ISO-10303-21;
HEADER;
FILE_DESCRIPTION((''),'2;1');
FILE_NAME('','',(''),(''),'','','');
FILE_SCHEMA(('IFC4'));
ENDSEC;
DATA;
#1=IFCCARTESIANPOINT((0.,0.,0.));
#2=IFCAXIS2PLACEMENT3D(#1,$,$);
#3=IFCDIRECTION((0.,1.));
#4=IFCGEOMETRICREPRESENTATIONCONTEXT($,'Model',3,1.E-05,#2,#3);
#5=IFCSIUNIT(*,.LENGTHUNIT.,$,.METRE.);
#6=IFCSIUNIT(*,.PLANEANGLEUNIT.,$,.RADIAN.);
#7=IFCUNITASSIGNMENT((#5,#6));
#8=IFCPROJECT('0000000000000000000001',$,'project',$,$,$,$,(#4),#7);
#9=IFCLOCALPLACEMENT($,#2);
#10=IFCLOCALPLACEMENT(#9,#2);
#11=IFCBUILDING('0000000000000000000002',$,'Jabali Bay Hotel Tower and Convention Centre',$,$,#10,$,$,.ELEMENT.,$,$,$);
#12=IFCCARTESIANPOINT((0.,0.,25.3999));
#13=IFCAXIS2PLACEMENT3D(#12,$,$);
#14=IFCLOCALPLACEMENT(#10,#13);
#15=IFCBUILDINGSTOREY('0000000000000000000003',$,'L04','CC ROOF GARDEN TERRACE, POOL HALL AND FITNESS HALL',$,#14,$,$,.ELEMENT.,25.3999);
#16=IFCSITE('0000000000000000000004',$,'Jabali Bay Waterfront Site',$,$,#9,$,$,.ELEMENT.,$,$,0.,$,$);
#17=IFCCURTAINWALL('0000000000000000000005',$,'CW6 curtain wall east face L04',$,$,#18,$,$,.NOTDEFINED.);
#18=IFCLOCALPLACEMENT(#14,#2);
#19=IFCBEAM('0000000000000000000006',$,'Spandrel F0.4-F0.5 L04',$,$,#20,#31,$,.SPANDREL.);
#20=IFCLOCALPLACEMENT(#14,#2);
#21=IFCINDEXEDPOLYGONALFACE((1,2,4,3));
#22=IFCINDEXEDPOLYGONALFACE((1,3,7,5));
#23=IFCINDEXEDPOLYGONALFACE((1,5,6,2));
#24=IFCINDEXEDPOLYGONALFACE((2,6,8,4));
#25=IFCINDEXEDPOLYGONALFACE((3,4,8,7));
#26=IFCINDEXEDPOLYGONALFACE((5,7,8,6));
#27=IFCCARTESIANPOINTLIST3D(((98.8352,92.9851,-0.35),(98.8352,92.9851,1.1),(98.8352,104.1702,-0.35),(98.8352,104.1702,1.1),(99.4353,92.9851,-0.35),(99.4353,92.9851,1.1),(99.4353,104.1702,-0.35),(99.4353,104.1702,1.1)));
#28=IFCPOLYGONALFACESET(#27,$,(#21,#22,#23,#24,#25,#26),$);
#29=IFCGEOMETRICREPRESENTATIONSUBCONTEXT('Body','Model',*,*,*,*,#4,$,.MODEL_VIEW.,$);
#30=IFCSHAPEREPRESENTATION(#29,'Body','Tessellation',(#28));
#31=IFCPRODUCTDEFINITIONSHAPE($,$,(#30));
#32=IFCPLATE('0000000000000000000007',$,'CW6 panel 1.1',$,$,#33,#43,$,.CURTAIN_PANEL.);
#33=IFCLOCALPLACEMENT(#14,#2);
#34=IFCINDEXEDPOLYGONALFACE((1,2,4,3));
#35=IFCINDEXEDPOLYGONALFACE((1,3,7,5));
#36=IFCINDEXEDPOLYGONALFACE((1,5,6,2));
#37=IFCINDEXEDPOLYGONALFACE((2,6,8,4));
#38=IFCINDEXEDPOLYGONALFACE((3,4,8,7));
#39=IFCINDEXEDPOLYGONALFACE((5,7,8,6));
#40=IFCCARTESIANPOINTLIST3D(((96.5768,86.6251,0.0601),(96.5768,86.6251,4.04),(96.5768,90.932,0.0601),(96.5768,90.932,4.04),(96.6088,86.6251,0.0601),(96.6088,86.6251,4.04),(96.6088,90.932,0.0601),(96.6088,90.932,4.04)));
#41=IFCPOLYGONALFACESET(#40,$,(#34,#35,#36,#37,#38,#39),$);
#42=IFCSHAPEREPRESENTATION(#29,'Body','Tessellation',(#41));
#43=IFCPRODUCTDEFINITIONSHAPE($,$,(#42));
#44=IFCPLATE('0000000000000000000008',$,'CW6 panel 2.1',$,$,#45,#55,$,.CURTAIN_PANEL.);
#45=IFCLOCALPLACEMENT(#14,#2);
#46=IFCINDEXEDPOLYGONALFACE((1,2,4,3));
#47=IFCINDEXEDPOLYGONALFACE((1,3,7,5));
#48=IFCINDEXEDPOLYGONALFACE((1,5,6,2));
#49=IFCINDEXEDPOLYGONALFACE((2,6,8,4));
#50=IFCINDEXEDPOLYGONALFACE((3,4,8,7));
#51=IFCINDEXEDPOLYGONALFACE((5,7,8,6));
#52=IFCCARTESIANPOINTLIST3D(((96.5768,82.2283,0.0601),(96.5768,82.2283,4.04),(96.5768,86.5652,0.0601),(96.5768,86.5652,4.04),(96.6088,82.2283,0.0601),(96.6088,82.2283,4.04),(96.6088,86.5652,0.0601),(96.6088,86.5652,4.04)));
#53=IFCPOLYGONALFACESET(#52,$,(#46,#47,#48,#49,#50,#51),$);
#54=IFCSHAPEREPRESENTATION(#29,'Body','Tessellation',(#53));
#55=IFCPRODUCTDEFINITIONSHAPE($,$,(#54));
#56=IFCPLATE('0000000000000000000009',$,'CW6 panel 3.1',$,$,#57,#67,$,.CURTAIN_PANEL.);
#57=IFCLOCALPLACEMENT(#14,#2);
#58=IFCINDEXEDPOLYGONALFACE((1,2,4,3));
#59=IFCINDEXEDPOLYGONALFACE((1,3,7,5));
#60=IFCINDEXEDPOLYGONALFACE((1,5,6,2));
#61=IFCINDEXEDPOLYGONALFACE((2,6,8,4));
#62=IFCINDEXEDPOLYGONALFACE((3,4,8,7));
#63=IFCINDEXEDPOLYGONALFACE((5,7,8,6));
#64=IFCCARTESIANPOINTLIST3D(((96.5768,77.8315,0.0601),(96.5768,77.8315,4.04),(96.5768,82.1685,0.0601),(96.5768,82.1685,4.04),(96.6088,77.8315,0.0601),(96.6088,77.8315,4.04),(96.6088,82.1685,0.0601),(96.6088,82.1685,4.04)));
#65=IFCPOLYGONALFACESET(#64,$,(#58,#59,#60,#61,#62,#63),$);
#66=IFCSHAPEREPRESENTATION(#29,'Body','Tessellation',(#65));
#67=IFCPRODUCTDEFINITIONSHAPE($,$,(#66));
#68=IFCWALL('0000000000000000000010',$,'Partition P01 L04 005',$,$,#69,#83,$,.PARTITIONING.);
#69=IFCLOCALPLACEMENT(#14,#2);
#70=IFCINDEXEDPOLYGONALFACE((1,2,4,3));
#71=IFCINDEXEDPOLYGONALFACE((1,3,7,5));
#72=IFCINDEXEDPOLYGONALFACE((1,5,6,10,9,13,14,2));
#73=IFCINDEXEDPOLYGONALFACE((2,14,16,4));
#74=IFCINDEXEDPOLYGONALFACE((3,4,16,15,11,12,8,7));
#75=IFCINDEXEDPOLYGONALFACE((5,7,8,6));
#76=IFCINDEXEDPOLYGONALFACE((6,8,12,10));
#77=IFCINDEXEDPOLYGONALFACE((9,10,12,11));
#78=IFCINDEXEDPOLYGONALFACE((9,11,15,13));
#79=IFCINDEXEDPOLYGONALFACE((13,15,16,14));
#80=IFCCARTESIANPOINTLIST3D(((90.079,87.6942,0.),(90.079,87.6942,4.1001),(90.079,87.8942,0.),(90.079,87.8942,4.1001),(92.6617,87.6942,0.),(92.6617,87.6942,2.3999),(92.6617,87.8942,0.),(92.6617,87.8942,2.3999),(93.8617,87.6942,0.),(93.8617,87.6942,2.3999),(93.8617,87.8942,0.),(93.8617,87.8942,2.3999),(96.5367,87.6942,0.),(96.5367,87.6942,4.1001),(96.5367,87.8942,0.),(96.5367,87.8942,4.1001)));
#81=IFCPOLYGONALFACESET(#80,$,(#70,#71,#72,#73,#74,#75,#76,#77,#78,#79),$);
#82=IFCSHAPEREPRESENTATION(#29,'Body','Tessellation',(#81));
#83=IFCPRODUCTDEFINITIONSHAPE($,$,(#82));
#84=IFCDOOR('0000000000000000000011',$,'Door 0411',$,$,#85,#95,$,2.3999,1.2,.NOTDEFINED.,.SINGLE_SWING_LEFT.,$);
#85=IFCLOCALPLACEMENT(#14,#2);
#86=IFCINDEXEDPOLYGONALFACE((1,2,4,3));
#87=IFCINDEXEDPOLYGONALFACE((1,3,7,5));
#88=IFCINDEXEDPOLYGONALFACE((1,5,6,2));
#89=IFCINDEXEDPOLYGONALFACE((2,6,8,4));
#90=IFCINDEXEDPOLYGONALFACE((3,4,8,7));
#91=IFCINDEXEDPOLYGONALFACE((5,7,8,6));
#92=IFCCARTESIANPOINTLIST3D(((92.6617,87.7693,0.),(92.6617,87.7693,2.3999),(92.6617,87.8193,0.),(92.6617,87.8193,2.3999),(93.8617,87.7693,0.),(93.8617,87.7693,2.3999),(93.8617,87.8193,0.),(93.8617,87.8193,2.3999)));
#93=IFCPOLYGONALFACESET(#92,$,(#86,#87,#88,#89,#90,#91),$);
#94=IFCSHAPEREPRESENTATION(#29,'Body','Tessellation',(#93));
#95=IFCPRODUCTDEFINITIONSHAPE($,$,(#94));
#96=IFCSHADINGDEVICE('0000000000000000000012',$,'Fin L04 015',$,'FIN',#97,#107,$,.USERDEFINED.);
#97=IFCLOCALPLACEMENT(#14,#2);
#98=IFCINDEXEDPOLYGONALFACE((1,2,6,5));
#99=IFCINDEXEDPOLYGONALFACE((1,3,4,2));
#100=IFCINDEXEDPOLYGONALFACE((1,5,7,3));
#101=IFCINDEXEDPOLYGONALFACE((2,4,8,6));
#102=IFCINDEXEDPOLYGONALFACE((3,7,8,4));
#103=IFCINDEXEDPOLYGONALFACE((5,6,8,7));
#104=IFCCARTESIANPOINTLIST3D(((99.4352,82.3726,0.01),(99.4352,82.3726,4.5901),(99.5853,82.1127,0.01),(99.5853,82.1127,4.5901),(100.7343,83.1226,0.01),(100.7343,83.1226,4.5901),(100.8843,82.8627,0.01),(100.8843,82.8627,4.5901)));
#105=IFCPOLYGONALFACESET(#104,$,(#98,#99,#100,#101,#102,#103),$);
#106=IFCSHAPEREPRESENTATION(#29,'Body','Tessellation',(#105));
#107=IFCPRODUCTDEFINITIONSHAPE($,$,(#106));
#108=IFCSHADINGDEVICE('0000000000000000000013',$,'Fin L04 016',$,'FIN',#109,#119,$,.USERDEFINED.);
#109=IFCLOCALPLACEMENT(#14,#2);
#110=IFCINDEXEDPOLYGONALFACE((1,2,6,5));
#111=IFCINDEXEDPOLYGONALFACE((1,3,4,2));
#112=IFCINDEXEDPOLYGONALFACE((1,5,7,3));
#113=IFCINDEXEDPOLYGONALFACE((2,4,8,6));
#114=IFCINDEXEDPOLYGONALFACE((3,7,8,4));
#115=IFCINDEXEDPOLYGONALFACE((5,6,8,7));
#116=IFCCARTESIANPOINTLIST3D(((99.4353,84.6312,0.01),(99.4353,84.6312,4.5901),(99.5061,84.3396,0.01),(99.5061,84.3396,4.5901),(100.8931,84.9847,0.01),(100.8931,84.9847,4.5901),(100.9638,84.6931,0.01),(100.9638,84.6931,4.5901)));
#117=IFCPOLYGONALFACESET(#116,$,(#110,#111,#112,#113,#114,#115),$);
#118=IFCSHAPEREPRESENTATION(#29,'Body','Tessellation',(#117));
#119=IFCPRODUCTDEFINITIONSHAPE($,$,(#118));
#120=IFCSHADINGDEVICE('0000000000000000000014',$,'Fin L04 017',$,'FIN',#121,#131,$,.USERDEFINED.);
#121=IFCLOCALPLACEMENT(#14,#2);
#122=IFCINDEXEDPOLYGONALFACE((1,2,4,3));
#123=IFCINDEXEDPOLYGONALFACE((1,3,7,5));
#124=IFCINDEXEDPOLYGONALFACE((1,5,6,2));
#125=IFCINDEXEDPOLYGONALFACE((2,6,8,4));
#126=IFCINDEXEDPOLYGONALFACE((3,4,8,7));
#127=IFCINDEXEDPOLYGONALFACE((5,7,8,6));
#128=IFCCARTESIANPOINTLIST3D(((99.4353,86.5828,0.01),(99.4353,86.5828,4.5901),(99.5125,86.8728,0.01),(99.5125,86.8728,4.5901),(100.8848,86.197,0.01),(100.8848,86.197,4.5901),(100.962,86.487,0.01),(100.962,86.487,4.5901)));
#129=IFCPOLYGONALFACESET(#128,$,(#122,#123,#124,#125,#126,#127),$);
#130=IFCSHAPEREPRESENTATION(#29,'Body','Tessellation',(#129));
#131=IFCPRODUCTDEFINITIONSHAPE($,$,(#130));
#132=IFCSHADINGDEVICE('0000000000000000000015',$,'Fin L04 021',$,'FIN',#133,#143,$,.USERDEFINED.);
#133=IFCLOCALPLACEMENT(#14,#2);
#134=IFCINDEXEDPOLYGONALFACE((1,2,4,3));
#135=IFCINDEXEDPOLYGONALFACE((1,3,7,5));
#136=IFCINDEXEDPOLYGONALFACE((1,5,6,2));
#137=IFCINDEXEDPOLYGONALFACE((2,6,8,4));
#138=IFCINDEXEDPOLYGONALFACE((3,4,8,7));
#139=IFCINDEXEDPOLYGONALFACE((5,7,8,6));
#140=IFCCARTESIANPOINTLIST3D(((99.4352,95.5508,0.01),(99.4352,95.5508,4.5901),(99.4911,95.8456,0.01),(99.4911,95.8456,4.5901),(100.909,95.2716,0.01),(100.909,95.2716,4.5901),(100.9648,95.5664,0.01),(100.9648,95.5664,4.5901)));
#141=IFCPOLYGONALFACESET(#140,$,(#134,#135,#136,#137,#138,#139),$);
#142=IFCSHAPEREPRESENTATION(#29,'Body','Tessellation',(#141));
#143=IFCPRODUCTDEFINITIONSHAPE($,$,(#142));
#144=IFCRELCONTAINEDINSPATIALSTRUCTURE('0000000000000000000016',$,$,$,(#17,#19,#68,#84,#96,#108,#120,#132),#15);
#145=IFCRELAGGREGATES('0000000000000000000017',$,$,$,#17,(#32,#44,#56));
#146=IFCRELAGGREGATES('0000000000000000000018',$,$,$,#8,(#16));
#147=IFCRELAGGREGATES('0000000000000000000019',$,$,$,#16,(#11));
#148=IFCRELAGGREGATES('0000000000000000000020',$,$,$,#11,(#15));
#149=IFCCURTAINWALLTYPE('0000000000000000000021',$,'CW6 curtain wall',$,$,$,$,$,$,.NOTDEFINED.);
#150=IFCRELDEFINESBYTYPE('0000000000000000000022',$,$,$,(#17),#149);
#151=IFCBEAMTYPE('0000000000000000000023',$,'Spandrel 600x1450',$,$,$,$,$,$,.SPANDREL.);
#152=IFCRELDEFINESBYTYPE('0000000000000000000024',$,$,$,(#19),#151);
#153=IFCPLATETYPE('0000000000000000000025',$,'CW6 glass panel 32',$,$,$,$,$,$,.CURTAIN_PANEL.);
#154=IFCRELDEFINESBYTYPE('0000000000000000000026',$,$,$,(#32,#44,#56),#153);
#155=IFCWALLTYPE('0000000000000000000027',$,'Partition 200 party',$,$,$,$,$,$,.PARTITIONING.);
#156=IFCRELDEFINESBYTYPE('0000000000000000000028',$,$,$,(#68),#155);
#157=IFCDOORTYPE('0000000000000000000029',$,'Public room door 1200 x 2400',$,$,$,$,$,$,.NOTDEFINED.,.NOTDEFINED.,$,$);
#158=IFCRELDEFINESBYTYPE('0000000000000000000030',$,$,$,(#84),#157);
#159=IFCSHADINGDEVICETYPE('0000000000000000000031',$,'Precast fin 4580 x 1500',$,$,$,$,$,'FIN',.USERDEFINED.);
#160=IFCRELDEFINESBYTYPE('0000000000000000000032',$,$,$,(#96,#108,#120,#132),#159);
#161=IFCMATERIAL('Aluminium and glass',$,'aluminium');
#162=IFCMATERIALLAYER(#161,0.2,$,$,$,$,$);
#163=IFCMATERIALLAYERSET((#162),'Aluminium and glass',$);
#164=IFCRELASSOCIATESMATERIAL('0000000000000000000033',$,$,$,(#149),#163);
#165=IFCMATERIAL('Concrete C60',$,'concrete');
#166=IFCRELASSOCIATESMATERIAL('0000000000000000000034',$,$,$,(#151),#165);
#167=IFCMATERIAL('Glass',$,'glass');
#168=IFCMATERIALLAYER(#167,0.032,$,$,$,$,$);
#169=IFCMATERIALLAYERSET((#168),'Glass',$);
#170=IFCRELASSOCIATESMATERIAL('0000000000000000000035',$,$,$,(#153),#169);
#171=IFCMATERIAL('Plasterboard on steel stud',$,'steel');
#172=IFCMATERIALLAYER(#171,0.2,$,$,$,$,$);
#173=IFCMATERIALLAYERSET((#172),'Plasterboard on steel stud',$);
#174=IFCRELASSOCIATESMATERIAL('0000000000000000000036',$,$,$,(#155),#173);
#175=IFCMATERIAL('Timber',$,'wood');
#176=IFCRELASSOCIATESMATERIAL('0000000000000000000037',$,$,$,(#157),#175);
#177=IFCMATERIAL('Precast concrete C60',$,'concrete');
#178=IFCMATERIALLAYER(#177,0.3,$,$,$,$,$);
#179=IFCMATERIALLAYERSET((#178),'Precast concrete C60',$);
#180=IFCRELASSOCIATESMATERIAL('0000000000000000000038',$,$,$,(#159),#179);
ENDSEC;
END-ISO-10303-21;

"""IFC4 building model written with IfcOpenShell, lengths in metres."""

from ifc_helpers import new_model, si_unit, direction, frame, frame_2d, origin, origin_2d, place, context, subcontext, project, spatial, rectangle, extrude, material, layer, layer_set, material_profile, profile_set, type_object, element, fill, aggregate, save


model = new_model("IFC4")

# Units and contexts
model_context = context("Model", 3, precision=1e-05, world=origin(), true_north=direction((0.0, 1.0)))
body_context = subcontext(model_context, "Body", "Model", "MODEL_VIEW")
ifc_project = project(units=[si_unit("LENGTHUNIT", "METRE"), si_unit("PLANEANGLEUNIT", "RADIAN")], contexts=[model_context])

# Site, building, storey
site_placement = place(None, origin())
site = spatial("IfcSite", under=ifc_project, at=site_placement, Name="Jabali Bay Waterfront Site", CompositionType="ELEMENT", RefElevation=0.0)
building_placement = place(site_placement, origin())
building = spatial("IfcBuilding", under=site, at=building_placement, Name="Jabali Bay Hotel Tower and Convention Centre", CompositionType="ELEMENT")
storey_placement = place(building_placement, frame((0.0, 0.0, 25.3999)))
storey = spatial("IfcBuildingStorey", under=building, at=storey_placement, Name="L04", Description="CC ROOF GARDEN TERRACE, POOL HALL AND FITNESS HALL", CompositionType="ELEMENT", Elevation=25.3999)

# Shared definitions
ifc_material_1 = material(Name="Concrete C60", Category="concrete")

# Curtain wall
ifc_material_2 = material(Name="Aluminium and glass", Category="aluminium")
ifc_layer_1 = layer(ifc_material_2, 0.2)
ifc_layer_set_1 = layer_set([ifc_layer_1], Name="Aluminium and glass")
curtain_wall_type = type_object("IfcCurtainWallType", Name="CW6 curtain wall", PredefinedType="NOTDEFINED", material=ifc_layer_set_1)
curtain_wall_placement = place(storey_placement, origin())
curtain_wall = element("IfcCurtainWall", 1, at=curtain_wall_placement, inside=storey, type_object=curtain_wall_type, Name="CW6 curtain wall east face L04", PredefinedType="NOTDEFINED")

# Beam
ifc_material_profile_1 = material_profile(ifc_material_1, rectangle(XDim=0.6001, YDim=1.45, at=origin_2d()), Name="Spandrel 600x1450")
ifc_profile_set_1 = profile_set([ifc_material_profile_1], Name="Concrete C60")
beam_type = type_object("IfcBeamType", Name="Spandrel 600x1450", PredefinedType="SPANDREL", material=ifc_profile_set_1)
for number, where, z_axis, x_axis, name in (
    (2, (99.1353, 92.9851, 0.375), (0.0, 1.0, 0.0), (-1.0, 0.0, 0.0), "Spandrel F0.4-F0.5 L04"),
):
    element("IfcBeam", number, at=place(storey_placement, frame(where, z_axis=z_axis, x_axis=x_axis)), inside=storey, type_object=beam_type, Name=name, PredefinedType="SPANDREL", context=body_context, shape_type="SweptSolid", body=[
        extrude(rectangle(XDim=0.6001, YDim=1.45, at=origin_2d()), origin(), (0.0, 0.0, 1.0), 11.1851),
    ])

# Plates
ifc_material_3 = material(Name="Glass", Category="glass")
ifc_layer_2 = layer(ifc_material_3, 0.032)
ifc_layer_set_2 = layer_set([ifc_layer_2], Name="Glass")
plate_type = type_object("IfcPlateType", Name="CW6 glass panel 32", PredefinedType="CURTAIN_PANEL", material=ifc_layer_set_2)
plate_1_placement = place(storey_placement, frame((96.5928, 88.7786, 0.0601), z_axis=(0.0, 0.0, 1.0), x_axis=(0.0, -1.0, 0.0)))
plate_1 = element("IfcPlate", 3, at=plate_1_placement, type_object=plate_type, Name="CW6 panel 1.1", PredefinedType="CURTAIN_PANEL", context=body_context, shape_type="SweptSolid", body=[
    extrude(rectangle(XDim=4.3069, YDim=0.032, at=origin_2d()), origin(), (0.0, 0.0, 1.0), 3.98),
])
plate_2_placement = place(storey_placement, frame((96.5928, 84.3967, 0.0601), z_axis=(0.0, 0.0, 1.0), x_axis=(0.0, -1.0, 0.0)))
plate_2 = element("IfcPlate", 4, at=plate_2_placement, type_object=plate_type, Name="CW6 panel 2.1", PredefinedType="CURTAIN_PANEL", context=body_context, shape_type="SweptSolid", body=[
    extrude(rectangle(XDim=4.3369, YDim=0.032, at=origin_2d()), origin(), (0.0, 0.0, 1.0), 3.98),
])
plate_3_placement = place(storey_placement, frame((96.5928, 80.0, 0.0601), z_axis=(0.0, 0.0, 1.0), x_axis=(0.0, -1.0, 0.0)))
plate_3 = element("IfcPlate", 5, at=plate_3_placement, type_object=plate_type, Name="CW6 panel 3.1", PredefinedType="CURTAIN_PANEL", context=body_context, shape_type="SweptSolid", body=[
    extrude(rectangle(XDim=4.3369, YDim=0.032, at=origin_2d()), origin(), (0.0, 0.0, 1.0), 3.98),
])
aggregate(curtain_wall, [plate_1, plate_2, plate_3])

# Wall, opening, door
ifc_material_4 = material(Name="Plasterboard on steel stud", Category="steel")
ifc_layer_3 = layer(ifc_material_4, 0.2)
ifc_layer_set_3 = layer_set([ifc_layer_3], Name="Plasterboard on steel stud")
wall_type = type_object("IfcWallType", Name="Partition 200 party", PredefinedType="PARTITIONING", material=ifc_layer_set_3)
wall_placement = place(storey_placement, frame((96.5369, 87.7942, 0.0), z_axis=(0.0, 0.0, 1.0), x_axis=(-1.0, 0.0, 0.0)))
wall = element("IfcWall", 6, at=wall_placement, inside=storey, type_object=wall_type, Name="Partition P01 L04 005", PredefinedType="PARTITIONING", context=body_context, shape_type="SweptSolid", body=[
    extrude(rectangle(XDim=6.4578, YDim=0.2, at=frame_2d((3.229, 0.0))), origin(), (0.0, 0.0, 1.0), 4.1001),
])
opening_placement = place(wall_placement, frame((2.675, 0.0, 0.0)))
opening = element("IfcOpeningElement", 7, at=opening_placement, cuts=wall, PredefinedType="OPENING", context=body_context, shape_type="SweptSolid", body=[
    extrude(rectangle(XDim=1.2, YDim=2.3999, at=frame_2d((0.6001, 1.2))), frame((0.0, 0.1104, 0.0), z_axis=(0.0, -1.0, 0.0), x_axis=(1.0, 0.0, 0.0)), (0.0, 0.0, 1.0), 0.2209),
])
ifc_material_5 = material(Name="Timber", Category="wood")
door_type = type_object("IfcDoorType", Name="Public room door 1200 x 2400", OperationType="NOTDEFINED", PredefinedType="NOTDEFINED", material=ifc_material_5)
door_placement = place(opening_placement, origin())
door = element("IfcDoor", 8, at=door_placement, inside=storey, type_object=door_type, Name="Door 0411", OperationType="SINGLE_SWING_LEFT", OverallHeight=2.3999, OverallWidth=1.2, PredefinedType="NOTDEFINED", context=body_context, shape_type="SweptSolid", body=[
    extrude(rectangle(XDim=1.2, YDim=2.3999, at=frame_2d((0.6001, 1.2))), frame((0.0, 0.0249, 0.0), z_axis=(0.0, -1.0, 0.0), x_axis=(1.0, 0.0, 0.0)), (0.0, 0.0, 1.0), 0.05),
])
fill(opening, door)

# Shading devices
ifc_material_6 = material(Name="Precast concrete C60", Category="concrete")
ifc_layer_4 = layer(ifc_material_6, 0.3)
ifc_layer_set_4 = layer_set([ifc_layer_4], Name="Precast concrete C60")
shading_device_type = type_object("IfcShadingDeviceType", Name="Precast fin 4580 x 1500", ElementType="FIN", PredefinedType="USERDEFINED", material=ifc_layer_set_4)
for number, where, z_axis, x_axis, name in (
    (9, (99.5103, 82.2427, 0.01), (0.0, 0.0, 1.0), (0.866031, 0.49999, 0.0), "Fin L04 015"),
    (10, (99.4707, 84.4854, 0.01), (0.0, 0.0, 1.0), (0.971832, 0.235675, 0.0), "Fin L04 016"),
    (11, (99.4739, 86.7278, 0.01), (0.0, 0.0, 1.0), (0.966364, -0.257176, 0.0), "Fin L04 017"),
    (12, (99.4631, 95.6982, 0.01), (0.0, 0.0, 1.0), (0.982515, -0.186185, 0.0), "Fin L04 021"),
):
    element("IfcShadingDevice", number, at=place(storey_placement, frame(where, z_axis=z_axis, x_axis=x_axis)), inside=storey, type_object=shading_device_type, Name=name, ObjectType="FIN", PredefinedType="USERDEFINED", context=body_context, shape_type="SweptSolid", body=[
        extrude(rectangle(XDim=1.5, YDim=0.3, at=frame_2d((0.75, 0.0))), origin(), (0.0, 0.0, 1.0), 4.5801),
    ])

save(model, "model.ifc")
